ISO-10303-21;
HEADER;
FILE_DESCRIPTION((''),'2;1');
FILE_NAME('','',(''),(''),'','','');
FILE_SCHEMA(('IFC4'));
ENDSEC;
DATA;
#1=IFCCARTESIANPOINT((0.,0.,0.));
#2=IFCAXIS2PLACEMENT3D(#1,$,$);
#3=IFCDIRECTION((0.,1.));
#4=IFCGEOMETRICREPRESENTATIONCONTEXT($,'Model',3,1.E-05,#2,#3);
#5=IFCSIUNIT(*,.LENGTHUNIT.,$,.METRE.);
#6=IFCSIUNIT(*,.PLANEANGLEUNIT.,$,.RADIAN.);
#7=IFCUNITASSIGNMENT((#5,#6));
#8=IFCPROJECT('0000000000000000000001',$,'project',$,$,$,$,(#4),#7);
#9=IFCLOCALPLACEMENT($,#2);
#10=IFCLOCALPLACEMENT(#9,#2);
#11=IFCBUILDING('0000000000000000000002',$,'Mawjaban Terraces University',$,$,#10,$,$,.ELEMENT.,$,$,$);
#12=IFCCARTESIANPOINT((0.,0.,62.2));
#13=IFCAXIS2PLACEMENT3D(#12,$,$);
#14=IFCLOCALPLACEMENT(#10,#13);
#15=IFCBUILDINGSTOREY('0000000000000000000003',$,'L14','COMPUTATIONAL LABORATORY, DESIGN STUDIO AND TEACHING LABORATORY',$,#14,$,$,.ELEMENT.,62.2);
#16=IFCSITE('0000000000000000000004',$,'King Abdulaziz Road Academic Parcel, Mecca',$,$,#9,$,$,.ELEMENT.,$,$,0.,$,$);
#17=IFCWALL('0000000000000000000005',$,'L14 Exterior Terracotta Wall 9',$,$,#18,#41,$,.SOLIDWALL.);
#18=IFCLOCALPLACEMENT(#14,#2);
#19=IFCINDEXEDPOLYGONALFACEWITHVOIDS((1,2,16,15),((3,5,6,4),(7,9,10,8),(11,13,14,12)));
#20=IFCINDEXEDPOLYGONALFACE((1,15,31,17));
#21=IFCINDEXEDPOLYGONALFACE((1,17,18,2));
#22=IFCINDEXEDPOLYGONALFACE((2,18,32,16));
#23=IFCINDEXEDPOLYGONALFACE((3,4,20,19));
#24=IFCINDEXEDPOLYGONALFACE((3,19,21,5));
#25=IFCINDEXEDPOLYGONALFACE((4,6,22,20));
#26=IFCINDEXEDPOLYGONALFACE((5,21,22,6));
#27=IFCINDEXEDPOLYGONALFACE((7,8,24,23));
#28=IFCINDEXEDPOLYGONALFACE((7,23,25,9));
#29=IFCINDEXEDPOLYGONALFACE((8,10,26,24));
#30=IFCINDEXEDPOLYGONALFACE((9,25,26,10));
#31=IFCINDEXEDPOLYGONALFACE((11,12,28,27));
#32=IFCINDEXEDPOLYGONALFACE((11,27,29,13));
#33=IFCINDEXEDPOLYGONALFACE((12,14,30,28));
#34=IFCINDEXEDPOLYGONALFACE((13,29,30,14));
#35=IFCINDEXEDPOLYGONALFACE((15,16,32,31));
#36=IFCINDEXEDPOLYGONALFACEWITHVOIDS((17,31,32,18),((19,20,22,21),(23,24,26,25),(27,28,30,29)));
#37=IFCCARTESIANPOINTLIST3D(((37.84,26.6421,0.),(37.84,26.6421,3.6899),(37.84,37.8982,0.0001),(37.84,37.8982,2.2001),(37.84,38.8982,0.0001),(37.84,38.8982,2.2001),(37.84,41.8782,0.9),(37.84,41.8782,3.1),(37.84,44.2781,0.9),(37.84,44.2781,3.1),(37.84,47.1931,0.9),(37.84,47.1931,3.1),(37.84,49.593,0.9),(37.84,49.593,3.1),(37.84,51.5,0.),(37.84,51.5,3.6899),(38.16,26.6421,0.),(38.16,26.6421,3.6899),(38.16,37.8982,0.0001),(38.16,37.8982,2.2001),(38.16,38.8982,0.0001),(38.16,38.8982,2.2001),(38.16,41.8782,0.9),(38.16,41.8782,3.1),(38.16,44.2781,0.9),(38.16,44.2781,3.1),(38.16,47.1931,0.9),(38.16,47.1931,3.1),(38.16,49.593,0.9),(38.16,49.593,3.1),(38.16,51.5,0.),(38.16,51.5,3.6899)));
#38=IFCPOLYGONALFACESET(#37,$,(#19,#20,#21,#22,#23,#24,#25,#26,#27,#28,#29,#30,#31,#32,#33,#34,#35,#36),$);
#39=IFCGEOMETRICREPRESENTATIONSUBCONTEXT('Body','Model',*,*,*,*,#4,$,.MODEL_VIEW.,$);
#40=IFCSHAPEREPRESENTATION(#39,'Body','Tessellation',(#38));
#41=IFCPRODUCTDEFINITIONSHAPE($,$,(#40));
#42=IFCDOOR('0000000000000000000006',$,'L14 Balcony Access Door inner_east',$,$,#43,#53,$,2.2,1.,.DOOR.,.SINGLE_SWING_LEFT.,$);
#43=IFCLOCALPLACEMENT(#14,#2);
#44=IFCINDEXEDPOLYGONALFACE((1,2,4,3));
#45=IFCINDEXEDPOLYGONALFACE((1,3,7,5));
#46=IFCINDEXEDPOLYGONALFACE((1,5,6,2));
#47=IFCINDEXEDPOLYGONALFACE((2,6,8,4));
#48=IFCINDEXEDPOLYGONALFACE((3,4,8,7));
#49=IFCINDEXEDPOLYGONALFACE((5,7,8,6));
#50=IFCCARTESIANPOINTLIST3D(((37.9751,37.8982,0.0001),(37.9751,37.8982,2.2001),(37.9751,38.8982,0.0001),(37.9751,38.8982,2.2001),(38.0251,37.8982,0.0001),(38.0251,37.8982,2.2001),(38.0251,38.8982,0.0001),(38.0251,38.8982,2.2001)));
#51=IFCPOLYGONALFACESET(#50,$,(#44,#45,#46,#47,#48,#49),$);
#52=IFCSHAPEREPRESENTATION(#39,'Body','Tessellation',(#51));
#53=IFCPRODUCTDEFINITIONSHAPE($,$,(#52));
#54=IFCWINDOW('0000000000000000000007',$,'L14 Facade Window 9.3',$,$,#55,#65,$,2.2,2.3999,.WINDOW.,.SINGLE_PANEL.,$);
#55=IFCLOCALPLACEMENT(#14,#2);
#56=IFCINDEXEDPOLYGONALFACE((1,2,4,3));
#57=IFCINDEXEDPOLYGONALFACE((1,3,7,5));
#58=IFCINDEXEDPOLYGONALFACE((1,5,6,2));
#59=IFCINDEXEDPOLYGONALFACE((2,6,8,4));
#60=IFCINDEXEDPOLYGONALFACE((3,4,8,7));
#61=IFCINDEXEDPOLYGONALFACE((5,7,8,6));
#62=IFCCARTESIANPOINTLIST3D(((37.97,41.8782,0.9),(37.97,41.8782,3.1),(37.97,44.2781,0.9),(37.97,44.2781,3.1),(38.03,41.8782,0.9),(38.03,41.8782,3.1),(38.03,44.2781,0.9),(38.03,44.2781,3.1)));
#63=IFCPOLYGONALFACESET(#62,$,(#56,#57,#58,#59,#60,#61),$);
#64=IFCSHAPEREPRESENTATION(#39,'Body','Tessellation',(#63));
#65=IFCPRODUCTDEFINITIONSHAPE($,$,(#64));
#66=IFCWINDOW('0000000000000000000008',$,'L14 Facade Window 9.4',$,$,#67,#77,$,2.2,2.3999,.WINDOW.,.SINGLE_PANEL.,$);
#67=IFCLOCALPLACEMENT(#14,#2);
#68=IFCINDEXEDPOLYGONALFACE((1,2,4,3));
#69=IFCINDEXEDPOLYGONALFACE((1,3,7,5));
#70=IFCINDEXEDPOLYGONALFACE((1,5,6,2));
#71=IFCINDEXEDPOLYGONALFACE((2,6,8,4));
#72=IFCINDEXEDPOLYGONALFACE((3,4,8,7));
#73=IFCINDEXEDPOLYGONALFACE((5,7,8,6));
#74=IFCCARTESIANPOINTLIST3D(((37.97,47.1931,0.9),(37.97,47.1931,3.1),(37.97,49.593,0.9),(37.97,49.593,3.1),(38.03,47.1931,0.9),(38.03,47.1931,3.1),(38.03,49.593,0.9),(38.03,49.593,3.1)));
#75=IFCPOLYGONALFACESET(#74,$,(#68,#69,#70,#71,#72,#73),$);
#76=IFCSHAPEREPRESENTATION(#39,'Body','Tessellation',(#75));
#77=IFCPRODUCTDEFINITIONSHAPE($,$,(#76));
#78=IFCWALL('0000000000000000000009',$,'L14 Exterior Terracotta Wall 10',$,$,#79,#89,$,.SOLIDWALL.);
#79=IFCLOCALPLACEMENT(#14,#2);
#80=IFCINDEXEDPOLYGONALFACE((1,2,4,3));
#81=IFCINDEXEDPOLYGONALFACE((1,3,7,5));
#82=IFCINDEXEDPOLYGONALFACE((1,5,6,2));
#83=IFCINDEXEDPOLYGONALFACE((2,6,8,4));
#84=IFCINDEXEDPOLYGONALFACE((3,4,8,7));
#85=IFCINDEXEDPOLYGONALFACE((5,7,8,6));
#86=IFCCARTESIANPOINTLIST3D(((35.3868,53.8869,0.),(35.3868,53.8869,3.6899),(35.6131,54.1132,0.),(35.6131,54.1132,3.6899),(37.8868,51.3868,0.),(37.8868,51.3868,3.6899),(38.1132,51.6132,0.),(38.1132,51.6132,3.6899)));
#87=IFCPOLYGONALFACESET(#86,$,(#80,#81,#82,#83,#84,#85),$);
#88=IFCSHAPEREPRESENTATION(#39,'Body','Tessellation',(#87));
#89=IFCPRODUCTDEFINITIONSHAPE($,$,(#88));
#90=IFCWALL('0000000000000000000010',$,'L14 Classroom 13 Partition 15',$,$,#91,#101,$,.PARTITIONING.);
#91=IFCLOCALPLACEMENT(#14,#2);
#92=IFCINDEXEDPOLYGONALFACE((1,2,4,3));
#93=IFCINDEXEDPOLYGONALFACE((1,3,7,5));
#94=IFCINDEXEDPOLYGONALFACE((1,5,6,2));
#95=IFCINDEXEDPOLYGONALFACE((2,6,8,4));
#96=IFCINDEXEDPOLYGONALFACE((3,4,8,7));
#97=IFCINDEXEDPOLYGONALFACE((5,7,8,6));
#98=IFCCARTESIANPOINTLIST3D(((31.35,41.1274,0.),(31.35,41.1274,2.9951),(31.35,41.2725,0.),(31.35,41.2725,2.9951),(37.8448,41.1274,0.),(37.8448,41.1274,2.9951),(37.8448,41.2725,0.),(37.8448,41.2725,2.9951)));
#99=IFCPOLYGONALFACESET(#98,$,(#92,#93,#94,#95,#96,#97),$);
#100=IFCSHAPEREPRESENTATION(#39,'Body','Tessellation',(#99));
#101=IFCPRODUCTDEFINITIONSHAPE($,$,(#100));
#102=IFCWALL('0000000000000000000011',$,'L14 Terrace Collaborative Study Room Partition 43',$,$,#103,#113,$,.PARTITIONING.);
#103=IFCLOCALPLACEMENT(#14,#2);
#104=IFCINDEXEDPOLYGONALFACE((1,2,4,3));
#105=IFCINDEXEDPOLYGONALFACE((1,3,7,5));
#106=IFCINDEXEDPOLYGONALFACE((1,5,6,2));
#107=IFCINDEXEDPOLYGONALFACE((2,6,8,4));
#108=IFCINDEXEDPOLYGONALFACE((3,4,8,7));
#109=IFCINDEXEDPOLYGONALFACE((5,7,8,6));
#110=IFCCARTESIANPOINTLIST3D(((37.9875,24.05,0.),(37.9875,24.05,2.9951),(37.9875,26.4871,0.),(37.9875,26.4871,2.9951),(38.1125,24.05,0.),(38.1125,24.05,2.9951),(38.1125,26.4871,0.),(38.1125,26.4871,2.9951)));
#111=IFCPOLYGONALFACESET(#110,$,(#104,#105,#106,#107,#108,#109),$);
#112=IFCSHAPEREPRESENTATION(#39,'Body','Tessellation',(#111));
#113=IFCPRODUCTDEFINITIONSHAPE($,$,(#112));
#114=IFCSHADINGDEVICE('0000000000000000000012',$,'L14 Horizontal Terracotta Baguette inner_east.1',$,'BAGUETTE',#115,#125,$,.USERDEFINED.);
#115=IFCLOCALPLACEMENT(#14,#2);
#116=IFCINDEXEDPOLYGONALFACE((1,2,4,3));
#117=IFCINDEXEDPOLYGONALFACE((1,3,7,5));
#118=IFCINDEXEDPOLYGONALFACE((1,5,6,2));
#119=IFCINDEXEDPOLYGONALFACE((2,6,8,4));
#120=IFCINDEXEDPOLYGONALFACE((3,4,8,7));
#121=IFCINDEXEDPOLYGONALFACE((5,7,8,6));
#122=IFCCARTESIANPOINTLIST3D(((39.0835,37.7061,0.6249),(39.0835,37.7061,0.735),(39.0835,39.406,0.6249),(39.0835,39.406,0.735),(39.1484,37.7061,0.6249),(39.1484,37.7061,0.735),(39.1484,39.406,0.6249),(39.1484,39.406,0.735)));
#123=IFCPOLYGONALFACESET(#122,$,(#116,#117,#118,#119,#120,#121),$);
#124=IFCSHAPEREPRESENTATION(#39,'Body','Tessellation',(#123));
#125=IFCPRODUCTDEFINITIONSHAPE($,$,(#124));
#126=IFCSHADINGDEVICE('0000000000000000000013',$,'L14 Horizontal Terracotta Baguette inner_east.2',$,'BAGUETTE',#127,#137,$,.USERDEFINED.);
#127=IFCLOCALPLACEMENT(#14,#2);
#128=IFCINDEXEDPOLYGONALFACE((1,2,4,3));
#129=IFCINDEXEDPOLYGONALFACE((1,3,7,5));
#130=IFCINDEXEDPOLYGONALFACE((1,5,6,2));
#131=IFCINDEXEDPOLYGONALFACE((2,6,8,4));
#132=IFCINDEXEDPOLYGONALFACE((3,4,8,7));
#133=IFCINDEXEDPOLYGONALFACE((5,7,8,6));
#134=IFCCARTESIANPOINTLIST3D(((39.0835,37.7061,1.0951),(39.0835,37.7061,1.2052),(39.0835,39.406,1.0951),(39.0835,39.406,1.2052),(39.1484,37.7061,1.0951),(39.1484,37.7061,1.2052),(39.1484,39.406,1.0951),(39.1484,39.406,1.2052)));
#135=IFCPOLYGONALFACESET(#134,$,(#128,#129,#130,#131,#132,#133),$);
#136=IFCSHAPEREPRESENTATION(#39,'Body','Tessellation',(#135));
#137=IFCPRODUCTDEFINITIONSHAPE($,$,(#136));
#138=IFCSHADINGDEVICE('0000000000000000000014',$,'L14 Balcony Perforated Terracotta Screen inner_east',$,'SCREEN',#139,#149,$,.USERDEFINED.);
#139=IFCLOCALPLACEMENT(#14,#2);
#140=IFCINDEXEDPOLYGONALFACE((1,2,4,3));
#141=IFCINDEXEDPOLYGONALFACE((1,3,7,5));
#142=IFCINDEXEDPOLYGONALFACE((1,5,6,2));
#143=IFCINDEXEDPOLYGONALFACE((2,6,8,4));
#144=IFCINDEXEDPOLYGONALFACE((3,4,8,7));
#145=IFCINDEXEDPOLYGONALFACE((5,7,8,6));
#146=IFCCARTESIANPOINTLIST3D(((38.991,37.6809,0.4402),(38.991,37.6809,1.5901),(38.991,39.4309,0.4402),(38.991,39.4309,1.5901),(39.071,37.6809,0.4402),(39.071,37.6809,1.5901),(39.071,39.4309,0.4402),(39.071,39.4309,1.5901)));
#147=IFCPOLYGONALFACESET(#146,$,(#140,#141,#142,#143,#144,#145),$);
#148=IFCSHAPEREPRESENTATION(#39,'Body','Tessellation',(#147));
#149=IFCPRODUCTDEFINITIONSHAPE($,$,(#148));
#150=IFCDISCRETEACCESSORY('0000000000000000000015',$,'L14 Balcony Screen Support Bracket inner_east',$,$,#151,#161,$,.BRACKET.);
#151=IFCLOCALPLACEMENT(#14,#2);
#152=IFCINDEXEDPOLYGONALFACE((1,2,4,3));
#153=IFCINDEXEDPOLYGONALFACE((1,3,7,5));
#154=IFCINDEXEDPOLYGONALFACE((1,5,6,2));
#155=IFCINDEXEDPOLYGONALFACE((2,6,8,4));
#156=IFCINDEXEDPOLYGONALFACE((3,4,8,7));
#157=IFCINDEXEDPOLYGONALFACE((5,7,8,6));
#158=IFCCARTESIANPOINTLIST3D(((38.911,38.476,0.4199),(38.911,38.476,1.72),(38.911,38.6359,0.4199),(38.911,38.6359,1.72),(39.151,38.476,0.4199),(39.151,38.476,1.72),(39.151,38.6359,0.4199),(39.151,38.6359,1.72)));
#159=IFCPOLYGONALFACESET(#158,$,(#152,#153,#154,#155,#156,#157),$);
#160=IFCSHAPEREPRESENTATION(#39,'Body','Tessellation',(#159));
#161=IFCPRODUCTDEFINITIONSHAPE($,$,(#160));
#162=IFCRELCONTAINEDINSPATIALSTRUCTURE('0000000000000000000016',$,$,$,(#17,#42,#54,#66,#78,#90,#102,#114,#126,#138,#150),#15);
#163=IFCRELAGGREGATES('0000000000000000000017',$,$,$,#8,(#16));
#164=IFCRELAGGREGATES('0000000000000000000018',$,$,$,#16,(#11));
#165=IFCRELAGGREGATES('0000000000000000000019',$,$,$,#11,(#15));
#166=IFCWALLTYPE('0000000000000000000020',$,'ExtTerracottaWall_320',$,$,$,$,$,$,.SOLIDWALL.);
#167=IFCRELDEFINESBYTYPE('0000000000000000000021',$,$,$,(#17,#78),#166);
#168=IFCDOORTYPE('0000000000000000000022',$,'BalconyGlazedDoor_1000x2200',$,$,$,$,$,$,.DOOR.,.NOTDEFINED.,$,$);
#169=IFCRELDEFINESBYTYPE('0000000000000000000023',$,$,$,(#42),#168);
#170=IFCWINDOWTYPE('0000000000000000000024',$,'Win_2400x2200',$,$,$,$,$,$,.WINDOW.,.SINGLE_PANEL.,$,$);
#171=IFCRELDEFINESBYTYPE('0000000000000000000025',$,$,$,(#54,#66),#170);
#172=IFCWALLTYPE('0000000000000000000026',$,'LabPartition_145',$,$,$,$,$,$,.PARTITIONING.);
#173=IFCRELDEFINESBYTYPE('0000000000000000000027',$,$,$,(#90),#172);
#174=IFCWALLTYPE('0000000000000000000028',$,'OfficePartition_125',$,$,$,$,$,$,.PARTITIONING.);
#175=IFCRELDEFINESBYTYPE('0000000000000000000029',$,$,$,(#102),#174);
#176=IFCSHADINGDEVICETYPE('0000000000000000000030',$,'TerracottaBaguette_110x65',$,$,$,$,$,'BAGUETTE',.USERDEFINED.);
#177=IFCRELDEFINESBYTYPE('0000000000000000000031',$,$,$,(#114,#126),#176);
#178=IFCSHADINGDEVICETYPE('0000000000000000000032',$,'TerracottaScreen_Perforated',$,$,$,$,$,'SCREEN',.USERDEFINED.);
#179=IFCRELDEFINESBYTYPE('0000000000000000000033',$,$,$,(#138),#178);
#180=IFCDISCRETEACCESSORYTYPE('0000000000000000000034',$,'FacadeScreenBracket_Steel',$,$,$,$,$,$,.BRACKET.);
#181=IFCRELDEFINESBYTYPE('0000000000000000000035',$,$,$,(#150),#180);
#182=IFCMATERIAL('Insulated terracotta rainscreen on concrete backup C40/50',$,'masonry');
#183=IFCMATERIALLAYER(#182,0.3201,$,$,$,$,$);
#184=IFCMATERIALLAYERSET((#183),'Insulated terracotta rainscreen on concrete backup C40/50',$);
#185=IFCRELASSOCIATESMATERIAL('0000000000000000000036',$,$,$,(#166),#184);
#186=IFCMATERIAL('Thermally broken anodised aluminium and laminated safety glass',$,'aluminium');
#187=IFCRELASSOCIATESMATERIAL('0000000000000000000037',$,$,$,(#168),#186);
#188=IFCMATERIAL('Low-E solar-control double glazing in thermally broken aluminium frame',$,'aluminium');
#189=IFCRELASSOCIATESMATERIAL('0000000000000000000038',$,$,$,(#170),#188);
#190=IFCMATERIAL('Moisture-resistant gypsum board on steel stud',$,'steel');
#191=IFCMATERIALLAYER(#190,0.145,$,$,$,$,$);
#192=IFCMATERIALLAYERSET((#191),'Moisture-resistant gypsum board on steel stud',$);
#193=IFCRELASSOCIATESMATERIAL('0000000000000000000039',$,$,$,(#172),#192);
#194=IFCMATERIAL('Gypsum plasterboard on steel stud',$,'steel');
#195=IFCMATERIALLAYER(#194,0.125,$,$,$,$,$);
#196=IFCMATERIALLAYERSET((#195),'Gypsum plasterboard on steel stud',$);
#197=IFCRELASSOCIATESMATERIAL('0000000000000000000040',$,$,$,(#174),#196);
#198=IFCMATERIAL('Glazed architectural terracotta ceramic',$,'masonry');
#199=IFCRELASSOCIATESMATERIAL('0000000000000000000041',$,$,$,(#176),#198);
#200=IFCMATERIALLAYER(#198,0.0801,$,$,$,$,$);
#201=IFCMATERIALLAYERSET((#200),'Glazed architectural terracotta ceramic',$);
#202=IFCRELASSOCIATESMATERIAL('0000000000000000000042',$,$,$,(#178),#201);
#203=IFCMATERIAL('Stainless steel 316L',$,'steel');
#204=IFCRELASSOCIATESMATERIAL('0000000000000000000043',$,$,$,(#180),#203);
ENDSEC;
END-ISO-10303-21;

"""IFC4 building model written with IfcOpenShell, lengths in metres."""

from ifc_helpers import new_model, si_unit, direction, frame, frame_2d, origin, origin_2d, place, context, subcontext, project, spatial, rectangle, extrude, material, layer, layer_set, material_profile, profile_set, type_object, element, fill, save


model = new_model("IFC4")

# Units and contexts
model_context = context("Model", 3, precision=1e-05, world=origin(), true_north=direction((0.0, 1.0)))
body_context = subcontext(model_context, "Body", "Model", "MODEL_VIEW")
ifc_project = project(units=[si_unit("LENGTHUNIT", "METRE"), si_unit("PLANEANGLEUNIT", "RADIAN")], contexts=[model_context])

# Site, building, storey
site_placement = place(None, origin())
site = spatial("IfcSite", under=ifc_project, at=site_placement, Name="King Abdulaziz Road Academic Parcel, Mecca", CompositionType="ELEMENT", RefElevation=0.0)
building_placement = place(site_placement, origin())
building = spatial("IfcBuilding", under=site, at=building_placement, Name="Mawjaban Terraces University", CompositionType="ELEMENT")
storey_placement = place(building_placement, frame((0.0, 0.0, 62.2)))
storey = spatial("IfcBuildingStorey", under=building, at=storey_placement, Name="L14", Description="COMPUTATIONAL LABORATORY, DESIGN STUDIO AND TEACHING LABORATORY", CompositionType="ELEMENT", Elevation=62.2)

# Wall, openings, door, windows
ifc_material_1 = material(Name="Insulated terracotta rainscreen on concrete backup C40/50", Category="masonry")
ifc_layer_1 = layer(ifc_material_1, 0.3201)
ifc_layer_set_1 = layer_set([ifc_layer_1], Name="Insulated terracotta rainscreen on concrete backup C40/50")
wall_type_1 = type_object("IfcWallType", Name="ExtTerracottaWall_320", PredefinedType="SOLIDWALL", material=ifc_layer_set_1)
wall_1_placement = place(storey_placement, frame((38.0, 26.6421, 0.0), z_axis=(0.0, 0.0, 1.0), x_axis=(0.0, 1.0, 0.0)))
wall_1 = element("IfcWall", 1, at=wall_1_placement, inside=storey, type_object=wall_type_1, Name="L14 Exterior Terracotta Wall 9", PredefinedType="SOLIDWALL", context=body_context, shape_type="SweptSolid", body=[
    extrude(rectangle(XDim=24.8579, YDim=0.3201, at=frame_2d((12.429, 0.0))), origin(), (0.0, 0.0, 1.0), 3.6899),
])
opening_1_placement = place(wall_1_placement, frame((11.2561, 0.0, 0.0)))
opening_1 = element("IfcOpeningElement", 2, at=opening_1_placement, cuts=wall_1, PredefinedType="OPENING", context=body_context, shape_type="SweptSolid", body=[
    extrude(rectangle(XDim=1.0, YDim=2.2, at=frame_2d((0.5, 1.1001))), frame((0.0, 0.1699, 0.0), z_axis=(0.0, -1.0, 0.0), x_axis=(1.0, 0.0, 0.0)), (0.0, 0.0, 1.0), 0.3401),
])
opening_2_placement = place(wall_1_placement, frame((15.2361, 0.0, 0.8999)))
opening_2 = element("IfcOpeningElement", 3, at=opening_2_placement, cuts=wall_1, PredefinedType="OPENING", context=body_context, shape_type="SweptSolid", body=[
    extrude(rectangle(XDim=2.3999, YDim=2.2, at=frame_2d((1.2, 1.1001))), frame((0.0, 0.1699, 0.0), z_axis=(0.0, -1.0, 0.0), x_axis=(1.0, 0.0, 0.0)), (0.0, 0.0, 1.0), 0.3401),
])
opening_3_placement = place(wall_1_placement, frame((20.551, 0.0, 0.8999)))
opening_3 = element("IfcOpeningElement", 4, at=opening_3_placement, cuts=wall_1, PredefinedType="OPENING", context=body_context, shape_type="SweptSolid", body=[
    extrude(rectangle(XDim=2.3999, YDim=2.2, at=frame_2d((1.2, 1.1001))), frame((0.0, 0.1699, 0.0), z_axis=(0.0, -1.0, 0.0), x_axis=(1.0, 0.0, 0.0)), (0.0, 0.0, 1.0), 0.3401),
])
ifc_material_2 = material(Name="Thermally broken anodised aluminium and laminated safety glass", Category="aluminium")
door_type = type_object("IfcDoorType", Name="BalconyGlazedDoor_1000x2200", OperationType="NOTDEFINED", PredefinedType="DOOR", material=ifc_material_2)
door_placement = place(opening_1_placement, origin())
door = element("IfcDoor", 5, at=door_placement, inside=storey, type_object=door_type, Name="L14 Balcony Access Door inner_east", OperationType="SINGLE_SWING_LEFT", OverallHeight=2.2, OverallWidth=1.0, PredefinedType="DOOR", context=body_context, shape_type="SweptSolid", body=[
    extrude(rectangle(XDim=1.0, YDim=2.2, at=frame_2d((0.5, 1.1001))), frame((0.0, 0.0249, 0.0), z_axis=(0.0, -1.0, 0.0), x_axis=(1.0, 0.0, 0.0)), (0.0, 0.0, 1.0), 0.05),
])
fill(opening_1, door)
ifc_material_3 = material(Name="Low-E solar-control double glazing in thermally broken aluminium frame", Category="aluminium")
window_type = type_object("IfcWindowType", Name="Win_2400x2200", PartitioningType="SINGLE_PANEL", PredefinedType="WINDOW", material=ifc_material_3)
window_1_placement = place(opening_2_placement, origin())
window_1 = element("IfcWindow", 6, at=window_1_placement, inside=storey, type_object=window_type, Name="L14 Facade Window 9.3", OverallHeight=2.2, OverallWidth=2.3999, PartitioningType="SINGLE_PANEL", PredefinedType="WINDOW", context=body_context, shape_type="SweptSolid", body=[
    extrude(rectangle(XDim=2.3999, YDim=2.2, at=frame_2d((1.2, 1.1001))), frame((0.0, 0.03, 0.0), z_axis=(0.0, -1.0, 0.0), x_axis=(1.0, 0.0, 0.0)), (0.0, 0.0, 1.0), 0.0601),
])
fill(opening_2, window_1)
window_2_placement = place(opening_3_placement, origin())
window_2 = element("IfcWindow", 7, at=window_2_placement, inside=storey, type_object=window_type, Name="L14 Facade Window 9.4", OverallHeight=2.2, OverallWidth=2.3999, PartitioningType="SINGLE_PANEL", PredefinedType="WINDOW", context=body_context, shape_type="SweptSolid", body=[
    extrude(rectangle(XDim=2.3999, YDim=2.2, at=frame_2d((1.2, 1.1001))), frame((0.0, 0.03, 0.0), z_axis=(0.0, -1.0, 0.0), x_axis=(1.0, 0.0, 0.0)), (0.0, 0.0, 1.0), 0.0601),
])
fill(opening_3, window_2)

# Walls
wall_2_placement = place(storey_placement, frame((38.0, 51.5, 0.0), z_axis=(0.0, 0.0, 1.0), x_axis=(-0.707107, 0.707107, 0.0)))
element("IfcWall", 8, at=wall_2_placement, inside=storey, type_object=wall_type_1, Name="L14 Exterior Terracotta Wall 10", PredefinedType="SOLIDWALL", context=body_context, shape_type="SweptSolid", body=[
    extrude(rectangle(XDim=3.5356, YDim=0.3201, at=frame_2d((1.7678, 0.0))), origin(), (0.0, 0.0, 1.0), 3.6899),
])
ifc_material_4 = material(Name="Moisture-resistant gypsum board on steel stud", Category="steel")
ifc_layer_2 = layer(ifc_material_4, 0.145)
ifc_layer_set_2 = layer_set([ifc_layer_2], Name="Moisture-resistant gypsum board on steel stud")
wall_type_2 = type_object("IfcWallType", Name="LabPartition_145", PredefinedType="PARTITIONING", material=ifc_layer_set_2)
wall_3_placement = place(storey_placement, frame((37.845, 41.2, 0.0), z_axis=(0.0, 0.0, 1.0), x_axis=(-1.0, 0.0, 0.0)))
element("IfcWall", 9, at=wall_3_placement, inside=storey, type_object=wall_type_2, Name="L14 Classroom 13 Partition 15", PredefinedType="PARTITIONING", context=body_context, shape_type="SweptSolid", body=[
    extrude(rectangle(XDim=6.4949, YDim=0.145, at=frame_2d((3.2476, 0.0))), origin(), (0.0, 0.0, 1.0), 2.9951),
])
ifc_material_5 = material(Name="Gypsum plasterboard on steel stud", Category="steel")
ifc_layer_3 = layer(ifc_material_5, 0.125)
ifc_layer_set_3 = layer_set([ifc_layer_3], Name="Gypsum plasterboard on steel stud")
wall_type_3 = type_object("IfcWallType", Name="OfficePartition_125", PredefinedType="PARTITIONING", material=ifc_layer_set_3)
wall_4_placement = place(storey_placement, frame((38.05, 26.4871, 0.0), z_axis=(0.0, 0.0, 1.0), x_axis=(0.0, -1.0, 0.0)))
element("IfcWall", 10, at=wall_4_placement, inside=storey, type_object=wall_type_3, Name="L14 Terrace Collaborative Study Room Partition 43", PredefinedType="PARTITIONING", context=body_context, shape_type="SweptSolid", body=[
    extrude(rectangle(XDim=2.437, YDim=0.125, at=frame_2d((1.2185, 0.0))), origin(), (0.0, 0.0, 1.0), 2.9951),
])

# Shading devices
ifc_material_6 = material(Name="Glazed architectural terracotta ceramic", Category="masonry")
ifc_material_profile_1 = material_profile(ifc_material_6, rectangle(XDim=0.0649, YDim=0.1101, at=origin_2d()), Name="TBAG110X65")
ifc_profile_set_1 = profile_set([ifc_material_profile_1], Name="Glazed architectural terracotta ceramic")
shading_device_type_1 = type_object("IfcShadingDeviceType", Name="TerracottaBaguette_110x65", ElementType="BAGUETTE", PredefinedType="USERDEFINED", material=ifc_profile_set_1)
for number, where, z_axis, x_axis, name in (
    (11, (39.116, 37.7061, 0.6799), (0.0, 1.0, 0.0), (-1.0, 0.0, 0.0), "L14 Horizontal Terracotta Baguette inner_east.1"),
    (12, (39.116, 37.7061, 1.1501), (0.0, 1.0, 0.0), (-1.0, 0.0, 0.0), "L14 Horizontal Terracotta Baguette inner_east.2"),
):
    element("IfcShadingDevice", number, at=place(storey_placement, frame(where, z_axis=z_axis, x_axis=x_axis)), inside=storey, type_object=shading_device_type_1, Name=name, ObjectType="BAGUETTE", PredefinedType="USERDEFINED", context=body_context, shape_type="SweptSolid", body=[
        extrude(rectangle(XDim=0.0649, YDim=0.1101, at=origin_2d()), origin(), (0.0, 0.0, 1.0), 1.7),
    ])
ifc_layer_4 = layer(ifc_material_6, 0.0801)
ifc_layer_set_4 = layer_set([ifc_layer_4], Name="Glazed architectural terracotta ceramic")
shading_device_type_2 = type_object("IfcShadingDeviceType", Name="TerracottaScreen_Perforated", ElementType="SCREEN", PredefinedType="USERDEFINED", material=ifc_layer_set_4)
shading_device_placement = place(storey_placement, frame((39.031, 38.5559, 0.4402), z_axis=(0.0, 0.0, 1.0), x_axis=(0.0, 1.0, 0.0)))
element("IfcShadingDevice", 13, at=shading_device_placement, inside=storey, type_object=shading_device_type_2, Name="L14 Balcony Perforated Terracotta Screen inner_east", ObjectType="SCREEN", PredefinedType="USERDEFINED", context=body_context, shape_type="SweptSolid", body=[
    extrude(rectangle(XDim=1.75, YDim=0.0801, at=origin_2d()), origin(), (0.0, 0.0, 1.0), 1.1499),
])

# Discrete accessory
ifc_material_7 = material(Name="Stainless steel 316L", Category="steel")
discrete_accessory_type_1 = type_object("IfcDiscreteAccessoryType", Name="FacadeScreenBracket_Steel", PredefinedType="BRACKET", material=ifc_material_7)
discrete_accessory_1_placement = place(storey_placement, frame((39.031, 38.5559, 0.4199), z_axis=(0.0, 0.0, 1.0), x_axis=(0.0, 1.0, 0.0)))
element("IfcDiscreteAccessory", 14, at=discrete_accessory_1_placement, inside=storey, type_object=discrete_accessory_type_1, Name="L14 Balcony Screen Support Bracket inner_east", PredefinedType="BRACKET", context=body_context, shape_type="SweptSolid", body=[
    extrude(rectangle(XDim=0.1599, YDim=0.24, at=origin_2d()), origin(), (0.0, 0.0, 1.0), 1.3),
])

save(model, "model.ifc")
